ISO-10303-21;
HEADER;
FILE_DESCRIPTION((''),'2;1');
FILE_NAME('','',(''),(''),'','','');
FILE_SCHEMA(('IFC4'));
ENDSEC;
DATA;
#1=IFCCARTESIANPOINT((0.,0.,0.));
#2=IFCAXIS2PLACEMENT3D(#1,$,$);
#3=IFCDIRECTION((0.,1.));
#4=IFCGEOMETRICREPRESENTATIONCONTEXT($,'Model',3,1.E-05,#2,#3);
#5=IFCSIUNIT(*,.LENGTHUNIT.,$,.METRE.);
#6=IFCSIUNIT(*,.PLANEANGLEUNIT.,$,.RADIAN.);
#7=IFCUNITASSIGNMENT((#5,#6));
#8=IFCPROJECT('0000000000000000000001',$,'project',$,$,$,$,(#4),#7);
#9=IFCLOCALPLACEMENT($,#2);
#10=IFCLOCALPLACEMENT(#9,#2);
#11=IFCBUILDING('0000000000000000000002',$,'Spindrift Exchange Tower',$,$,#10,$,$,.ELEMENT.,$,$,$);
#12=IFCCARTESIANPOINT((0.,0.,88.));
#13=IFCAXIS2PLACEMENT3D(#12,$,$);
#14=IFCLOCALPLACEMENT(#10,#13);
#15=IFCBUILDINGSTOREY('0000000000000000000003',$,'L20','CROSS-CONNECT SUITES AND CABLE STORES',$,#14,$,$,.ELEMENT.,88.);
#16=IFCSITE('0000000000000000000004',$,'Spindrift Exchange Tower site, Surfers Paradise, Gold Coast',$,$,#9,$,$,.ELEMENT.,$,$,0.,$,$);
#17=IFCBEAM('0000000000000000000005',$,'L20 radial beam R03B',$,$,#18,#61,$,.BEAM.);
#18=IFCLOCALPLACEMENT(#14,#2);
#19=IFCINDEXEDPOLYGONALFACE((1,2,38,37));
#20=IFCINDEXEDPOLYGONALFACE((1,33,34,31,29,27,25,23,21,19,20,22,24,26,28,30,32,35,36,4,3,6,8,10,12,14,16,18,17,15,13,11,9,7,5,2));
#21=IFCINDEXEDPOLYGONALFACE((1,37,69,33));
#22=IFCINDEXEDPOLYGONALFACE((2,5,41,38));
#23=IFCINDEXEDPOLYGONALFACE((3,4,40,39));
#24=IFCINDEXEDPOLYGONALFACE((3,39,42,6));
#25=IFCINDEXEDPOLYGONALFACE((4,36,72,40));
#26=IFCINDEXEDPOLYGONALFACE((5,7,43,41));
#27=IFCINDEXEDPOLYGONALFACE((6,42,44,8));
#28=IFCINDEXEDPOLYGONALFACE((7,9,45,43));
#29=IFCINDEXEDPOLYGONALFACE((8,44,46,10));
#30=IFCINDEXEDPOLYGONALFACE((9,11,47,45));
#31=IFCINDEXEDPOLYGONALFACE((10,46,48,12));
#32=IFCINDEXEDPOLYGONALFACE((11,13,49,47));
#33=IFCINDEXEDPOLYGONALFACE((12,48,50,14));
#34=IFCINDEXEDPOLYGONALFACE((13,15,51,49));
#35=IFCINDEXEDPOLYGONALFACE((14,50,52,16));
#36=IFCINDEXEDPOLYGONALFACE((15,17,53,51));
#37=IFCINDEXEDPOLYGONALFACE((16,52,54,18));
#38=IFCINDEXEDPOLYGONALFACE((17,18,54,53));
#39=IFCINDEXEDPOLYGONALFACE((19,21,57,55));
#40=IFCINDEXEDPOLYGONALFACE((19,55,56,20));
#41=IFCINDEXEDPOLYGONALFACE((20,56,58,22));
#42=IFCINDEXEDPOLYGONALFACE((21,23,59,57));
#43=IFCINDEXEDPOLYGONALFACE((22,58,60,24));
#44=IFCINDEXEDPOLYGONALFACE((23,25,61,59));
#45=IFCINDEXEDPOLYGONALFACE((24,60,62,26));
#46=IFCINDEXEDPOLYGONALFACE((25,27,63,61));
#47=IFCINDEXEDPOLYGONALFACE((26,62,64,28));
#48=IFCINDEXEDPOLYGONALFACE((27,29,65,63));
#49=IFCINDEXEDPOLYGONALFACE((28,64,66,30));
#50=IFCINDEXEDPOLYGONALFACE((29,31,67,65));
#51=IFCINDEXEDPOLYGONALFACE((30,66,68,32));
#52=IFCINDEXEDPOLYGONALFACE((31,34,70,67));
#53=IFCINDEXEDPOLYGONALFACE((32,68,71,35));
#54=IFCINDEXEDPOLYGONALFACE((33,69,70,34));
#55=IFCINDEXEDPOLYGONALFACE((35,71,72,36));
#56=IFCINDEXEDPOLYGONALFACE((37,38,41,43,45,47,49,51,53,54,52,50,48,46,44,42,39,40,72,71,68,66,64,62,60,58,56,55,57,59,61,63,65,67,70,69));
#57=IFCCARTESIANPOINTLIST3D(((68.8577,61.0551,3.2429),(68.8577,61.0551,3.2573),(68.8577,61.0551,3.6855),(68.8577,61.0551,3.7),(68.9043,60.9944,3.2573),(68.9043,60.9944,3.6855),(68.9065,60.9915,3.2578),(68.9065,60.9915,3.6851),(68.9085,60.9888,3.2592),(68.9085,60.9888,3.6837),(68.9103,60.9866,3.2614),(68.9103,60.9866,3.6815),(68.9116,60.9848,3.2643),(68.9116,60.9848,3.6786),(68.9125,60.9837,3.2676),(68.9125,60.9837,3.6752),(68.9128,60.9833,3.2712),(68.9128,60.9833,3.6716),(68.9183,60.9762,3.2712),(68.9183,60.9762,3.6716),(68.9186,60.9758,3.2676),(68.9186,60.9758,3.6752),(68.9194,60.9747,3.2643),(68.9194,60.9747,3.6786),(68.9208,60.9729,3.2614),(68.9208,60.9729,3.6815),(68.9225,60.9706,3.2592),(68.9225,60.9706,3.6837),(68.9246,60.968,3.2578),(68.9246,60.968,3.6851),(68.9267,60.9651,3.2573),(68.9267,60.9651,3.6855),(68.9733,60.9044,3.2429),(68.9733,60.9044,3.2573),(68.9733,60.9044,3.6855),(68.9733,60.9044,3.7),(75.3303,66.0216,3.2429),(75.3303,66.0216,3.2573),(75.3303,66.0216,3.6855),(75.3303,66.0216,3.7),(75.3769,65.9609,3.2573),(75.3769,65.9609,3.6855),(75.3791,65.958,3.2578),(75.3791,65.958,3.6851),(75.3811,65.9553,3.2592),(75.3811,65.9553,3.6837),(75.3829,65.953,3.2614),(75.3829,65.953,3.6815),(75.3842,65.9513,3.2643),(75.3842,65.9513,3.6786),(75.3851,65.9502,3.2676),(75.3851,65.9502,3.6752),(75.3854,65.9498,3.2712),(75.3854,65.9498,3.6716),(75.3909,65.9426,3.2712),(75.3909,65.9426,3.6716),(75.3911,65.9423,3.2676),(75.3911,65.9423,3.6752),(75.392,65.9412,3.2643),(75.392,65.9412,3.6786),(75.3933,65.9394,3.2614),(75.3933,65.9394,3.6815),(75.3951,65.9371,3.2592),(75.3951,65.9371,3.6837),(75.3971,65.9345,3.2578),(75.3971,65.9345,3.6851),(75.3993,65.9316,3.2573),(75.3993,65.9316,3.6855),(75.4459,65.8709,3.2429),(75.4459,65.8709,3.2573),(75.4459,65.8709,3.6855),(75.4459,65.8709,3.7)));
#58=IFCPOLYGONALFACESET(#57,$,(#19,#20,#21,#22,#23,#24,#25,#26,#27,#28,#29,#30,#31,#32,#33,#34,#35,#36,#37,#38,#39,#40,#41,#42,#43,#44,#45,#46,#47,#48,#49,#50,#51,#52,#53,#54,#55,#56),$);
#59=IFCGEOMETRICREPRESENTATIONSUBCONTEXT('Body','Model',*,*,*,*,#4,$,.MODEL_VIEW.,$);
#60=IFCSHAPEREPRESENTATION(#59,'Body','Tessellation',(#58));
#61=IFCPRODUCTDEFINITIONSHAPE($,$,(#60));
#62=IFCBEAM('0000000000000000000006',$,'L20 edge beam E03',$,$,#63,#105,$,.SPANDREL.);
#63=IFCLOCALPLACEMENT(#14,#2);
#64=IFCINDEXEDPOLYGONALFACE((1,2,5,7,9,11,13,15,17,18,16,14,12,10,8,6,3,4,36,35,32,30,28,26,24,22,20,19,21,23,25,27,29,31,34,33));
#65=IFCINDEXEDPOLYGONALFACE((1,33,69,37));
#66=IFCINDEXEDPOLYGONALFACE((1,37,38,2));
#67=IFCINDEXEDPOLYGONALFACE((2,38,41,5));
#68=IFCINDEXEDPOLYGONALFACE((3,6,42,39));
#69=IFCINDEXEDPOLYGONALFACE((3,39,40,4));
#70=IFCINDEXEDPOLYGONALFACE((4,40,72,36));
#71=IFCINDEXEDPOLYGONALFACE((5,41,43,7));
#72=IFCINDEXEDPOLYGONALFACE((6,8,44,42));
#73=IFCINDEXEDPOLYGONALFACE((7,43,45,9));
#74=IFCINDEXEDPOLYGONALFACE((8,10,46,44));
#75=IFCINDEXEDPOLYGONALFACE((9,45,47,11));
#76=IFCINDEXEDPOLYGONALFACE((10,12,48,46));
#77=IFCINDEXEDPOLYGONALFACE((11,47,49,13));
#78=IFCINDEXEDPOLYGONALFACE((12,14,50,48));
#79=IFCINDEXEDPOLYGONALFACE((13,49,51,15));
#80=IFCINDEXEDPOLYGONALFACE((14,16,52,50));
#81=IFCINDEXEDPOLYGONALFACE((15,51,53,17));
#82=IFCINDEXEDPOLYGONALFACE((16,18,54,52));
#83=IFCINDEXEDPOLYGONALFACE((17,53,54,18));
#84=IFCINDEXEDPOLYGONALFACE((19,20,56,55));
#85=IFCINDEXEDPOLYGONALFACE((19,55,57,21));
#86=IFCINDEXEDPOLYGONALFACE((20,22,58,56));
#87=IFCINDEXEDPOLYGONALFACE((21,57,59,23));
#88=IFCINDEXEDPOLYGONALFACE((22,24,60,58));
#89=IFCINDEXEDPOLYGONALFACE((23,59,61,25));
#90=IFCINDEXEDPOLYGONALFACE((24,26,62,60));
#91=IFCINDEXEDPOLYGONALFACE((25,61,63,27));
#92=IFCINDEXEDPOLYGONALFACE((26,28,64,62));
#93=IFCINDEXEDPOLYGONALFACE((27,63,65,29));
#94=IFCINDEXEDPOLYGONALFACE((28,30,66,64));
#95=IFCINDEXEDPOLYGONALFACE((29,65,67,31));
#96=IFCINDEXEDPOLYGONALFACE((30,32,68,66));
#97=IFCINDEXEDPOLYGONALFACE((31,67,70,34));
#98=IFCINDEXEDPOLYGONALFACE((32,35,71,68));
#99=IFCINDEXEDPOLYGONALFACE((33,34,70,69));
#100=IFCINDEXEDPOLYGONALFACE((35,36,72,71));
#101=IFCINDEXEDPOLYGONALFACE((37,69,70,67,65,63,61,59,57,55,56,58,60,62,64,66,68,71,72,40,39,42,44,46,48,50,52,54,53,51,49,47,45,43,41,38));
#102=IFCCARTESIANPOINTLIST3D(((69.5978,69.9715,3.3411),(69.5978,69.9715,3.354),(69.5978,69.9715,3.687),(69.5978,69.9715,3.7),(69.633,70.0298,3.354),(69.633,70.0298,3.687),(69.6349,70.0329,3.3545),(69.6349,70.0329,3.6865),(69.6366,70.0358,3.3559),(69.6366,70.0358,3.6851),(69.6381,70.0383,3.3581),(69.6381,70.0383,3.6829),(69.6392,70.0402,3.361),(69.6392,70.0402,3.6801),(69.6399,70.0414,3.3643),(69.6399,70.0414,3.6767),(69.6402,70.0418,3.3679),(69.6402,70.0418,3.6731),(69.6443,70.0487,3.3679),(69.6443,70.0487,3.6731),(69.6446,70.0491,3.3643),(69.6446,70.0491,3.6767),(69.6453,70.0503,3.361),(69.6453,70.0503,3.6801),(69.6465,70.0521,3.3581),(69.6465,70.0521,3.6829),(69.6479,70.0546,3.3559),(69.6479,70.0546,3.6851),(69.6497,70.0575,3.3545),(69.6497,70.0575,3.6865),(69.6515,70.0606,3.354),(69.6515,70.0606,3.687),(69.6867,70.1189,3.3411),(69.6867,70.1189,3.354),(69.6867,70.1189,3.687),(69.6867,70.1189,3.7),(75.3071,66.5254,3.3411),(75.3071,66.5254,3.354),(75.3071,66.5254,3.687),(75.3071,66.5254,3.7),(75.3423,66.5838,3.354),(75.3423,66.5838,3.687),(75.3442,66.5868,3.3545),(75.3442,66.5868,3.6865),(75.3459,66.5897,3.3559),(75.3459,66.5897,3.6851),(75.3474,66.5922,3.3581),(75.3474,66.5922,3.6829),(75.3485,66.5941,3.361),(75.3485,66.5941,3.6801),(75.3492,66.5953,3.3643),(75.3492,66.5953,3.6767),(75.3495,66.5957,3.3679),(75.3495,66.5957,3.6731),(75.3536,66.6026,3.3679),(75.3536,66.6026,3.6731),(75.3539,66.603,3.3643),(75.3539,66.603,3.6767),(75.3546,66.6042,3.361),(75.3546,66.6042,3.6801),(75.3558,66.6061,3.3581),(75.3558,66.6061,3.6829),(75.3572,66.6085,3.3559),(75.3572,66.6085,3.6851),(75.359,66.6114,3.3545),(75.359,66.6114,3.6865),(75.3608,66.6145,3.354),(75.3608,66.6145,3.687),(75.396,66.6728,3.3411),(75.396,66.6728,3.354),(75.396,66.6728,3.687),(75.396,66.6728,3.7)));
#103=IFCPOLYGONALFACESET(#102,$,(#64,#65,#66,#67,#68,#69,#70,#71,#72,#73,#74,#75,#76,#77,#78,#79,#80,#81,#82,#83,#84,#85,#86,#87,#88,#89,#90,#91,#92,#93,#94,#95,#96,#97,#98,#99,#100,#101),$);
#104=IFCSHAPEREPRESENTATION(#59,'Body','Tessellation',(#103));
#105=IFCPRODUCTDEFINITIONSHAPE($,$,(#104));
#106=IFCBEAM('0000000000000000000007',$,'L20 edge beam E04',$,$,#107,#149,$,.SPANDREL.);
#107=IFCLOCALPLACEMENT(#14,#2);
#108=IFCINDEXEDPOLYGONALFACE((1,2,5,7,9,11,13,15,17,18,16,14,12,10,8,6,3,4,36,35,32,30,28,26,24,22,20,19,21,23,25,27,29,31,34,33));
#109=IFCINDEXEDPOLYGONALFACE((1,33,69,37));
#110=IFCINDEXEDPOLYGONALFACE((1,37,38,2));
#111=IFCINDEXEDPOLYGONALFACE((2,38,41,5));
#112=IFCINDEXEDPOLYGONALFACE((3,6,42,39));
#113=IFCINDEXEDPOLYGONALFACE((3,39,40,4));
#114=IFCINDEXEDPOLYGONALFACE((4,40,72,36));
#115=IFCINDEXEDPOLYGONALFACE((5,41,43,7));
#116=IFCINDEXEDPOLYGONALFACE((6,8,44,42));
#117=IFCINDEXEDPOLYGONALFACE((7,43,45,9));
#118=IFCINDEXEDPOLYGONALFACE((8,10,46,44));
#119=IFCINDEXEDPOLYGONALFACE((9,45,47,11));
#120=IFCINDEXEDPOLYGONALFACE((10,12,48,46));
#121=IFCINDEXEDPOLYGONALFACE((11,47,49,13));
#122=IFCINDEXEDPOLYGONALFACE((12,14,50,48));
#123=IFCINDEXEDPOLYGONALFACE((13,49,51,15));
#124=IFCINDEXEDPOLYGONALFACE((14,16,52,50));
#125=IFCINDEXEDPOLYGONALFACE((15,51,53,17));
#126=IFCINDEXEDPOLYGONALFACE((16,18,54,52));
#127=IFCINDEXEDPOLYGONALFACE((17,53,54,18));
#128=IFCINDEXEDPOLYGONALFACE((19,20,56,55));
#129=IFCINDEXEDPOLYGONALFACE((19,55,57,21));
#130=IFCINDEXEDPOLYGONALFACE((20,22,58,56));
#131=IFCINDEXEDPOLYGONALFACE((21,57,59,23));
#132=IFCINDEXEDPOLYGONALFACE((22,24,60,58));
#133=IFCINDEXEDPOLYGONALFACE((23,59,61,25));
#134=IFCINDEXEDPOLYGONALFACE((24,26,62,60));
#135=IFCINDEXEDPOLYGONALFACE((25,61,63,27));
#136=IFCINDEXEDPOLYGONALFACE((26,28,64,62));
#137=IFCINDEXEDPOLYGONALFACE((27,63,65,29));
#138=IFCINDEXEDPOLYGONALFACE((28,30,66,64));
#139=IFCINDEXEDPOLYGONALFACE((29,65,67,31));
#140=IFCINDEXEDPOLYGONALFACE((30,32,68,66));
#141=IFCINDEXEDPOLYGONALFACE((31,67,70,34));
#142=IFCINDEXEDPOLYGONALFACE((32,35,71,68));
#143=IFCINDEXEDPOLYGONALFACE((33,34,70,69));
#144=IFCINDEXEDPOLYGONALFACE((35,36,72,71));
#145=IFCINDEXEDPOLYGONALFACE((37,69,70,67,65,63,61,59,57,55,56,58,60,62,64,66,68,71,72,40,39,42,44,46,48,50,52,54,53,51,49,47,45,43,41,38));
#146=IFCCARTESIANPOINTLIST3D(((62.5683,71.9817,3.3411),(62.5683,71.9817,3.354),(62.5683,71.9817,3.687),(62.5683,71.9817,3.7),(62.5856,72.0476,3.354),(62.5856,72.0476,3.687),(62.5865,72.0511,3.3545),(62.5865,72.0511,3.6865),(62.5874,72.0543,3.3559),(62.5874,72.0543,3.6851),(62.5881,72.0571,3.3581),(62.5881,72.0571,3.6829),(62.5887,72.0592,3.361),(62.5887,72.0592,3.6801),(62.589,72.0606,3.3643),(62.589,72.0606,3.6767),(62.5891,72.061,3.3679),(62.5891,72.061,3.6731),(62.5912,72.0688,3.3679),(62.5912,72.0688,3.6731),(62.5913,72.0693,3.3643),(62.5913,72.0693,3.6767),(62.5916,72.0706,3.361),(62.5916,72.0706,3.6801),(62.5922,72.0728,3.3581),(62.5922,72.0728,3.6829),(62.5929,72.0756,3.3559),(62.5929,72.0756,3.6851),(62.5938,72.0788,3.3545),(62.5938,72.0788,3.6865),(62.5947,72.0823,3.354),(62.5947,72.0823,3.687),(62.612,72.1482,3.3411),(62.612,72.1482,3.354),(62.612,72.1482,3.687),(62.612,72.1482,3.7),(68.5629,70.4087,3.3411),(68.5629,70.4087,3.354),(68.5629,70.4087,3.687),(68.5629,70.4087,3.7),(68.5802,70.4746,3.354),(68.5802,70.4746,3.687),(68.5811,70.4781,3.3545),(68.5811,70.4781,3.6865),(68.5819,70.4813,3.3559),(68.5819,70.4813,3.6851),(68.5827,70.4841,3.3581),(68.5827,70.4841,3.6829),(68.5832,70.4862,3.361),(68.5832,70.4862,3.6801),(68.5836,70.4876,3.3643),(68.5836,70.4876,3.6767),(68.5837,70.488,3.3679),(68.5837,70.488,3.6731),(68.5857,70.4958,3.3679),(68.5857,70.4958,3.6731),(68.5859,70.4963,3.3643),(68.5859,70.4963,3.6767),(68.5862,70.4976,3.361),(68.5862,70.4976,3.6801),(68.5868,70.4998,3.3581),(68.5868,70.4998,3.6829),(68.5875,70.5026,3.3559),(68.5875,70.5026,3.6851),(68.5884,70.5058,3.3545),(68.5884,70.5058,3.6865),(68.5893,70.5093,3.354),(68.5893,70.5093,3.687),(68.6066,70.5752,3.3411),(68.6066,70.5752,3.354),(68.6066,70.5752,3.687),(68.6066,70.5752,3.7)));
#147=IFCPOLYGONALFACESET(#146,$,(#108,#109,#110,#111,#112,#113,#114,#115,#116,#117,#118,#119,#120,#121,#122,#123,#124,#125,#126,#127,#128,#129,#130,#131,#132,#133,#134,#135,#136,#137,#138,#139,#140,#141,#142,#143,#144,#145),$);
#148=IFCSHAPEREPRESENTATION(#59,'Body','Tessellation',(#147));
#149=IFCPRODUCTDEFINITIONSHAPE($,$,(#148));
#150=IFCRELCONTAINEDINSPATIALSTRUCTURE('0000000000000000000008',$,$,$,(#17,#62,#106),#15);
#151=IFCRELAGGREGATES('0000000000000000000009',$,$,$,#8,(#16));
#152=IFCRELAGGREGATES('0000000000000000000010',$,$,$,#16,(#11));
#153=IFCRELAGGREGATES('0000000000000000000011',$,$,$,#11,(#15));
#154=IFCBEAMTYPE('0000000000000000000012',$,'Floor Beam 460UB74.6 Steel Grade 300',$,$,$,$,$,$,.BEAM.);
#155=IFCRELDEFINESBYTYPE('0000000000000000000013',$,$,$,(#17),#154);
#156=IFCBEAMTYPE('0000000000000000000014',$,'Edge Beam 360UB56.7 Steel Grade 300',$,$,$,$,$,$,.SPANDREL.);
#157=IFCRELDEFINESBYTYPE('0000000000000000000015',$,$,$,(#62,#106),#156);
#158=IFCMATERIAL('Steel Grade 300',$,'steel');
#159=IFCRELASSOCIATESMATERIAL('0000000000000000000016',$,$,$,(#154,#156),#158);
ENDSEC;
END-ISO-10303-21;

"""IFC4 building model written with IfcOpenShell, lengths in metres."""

from ifc_helpers import new_model, si_unit, direction, frame, origin, origin_2d, place, context, subcontext, project, spatial, i_section, extrude, source, transform, mapped, material, material_profile, profile_set, type_object, element, save


model = new_model("IFC4")

# Units and contexts
model_context = context("Model", 3, precision=1e-05, world=origin(), true_north=direction((0.0, 1.0)))
body_context = subcontext(model_context, "Body", "Model", "MODEL_VIEW")
ifc_project = project(units=[si_unit("LENGTHUNIT", "METRE"), si_unit("PLANEANGLEUNIT", "RADIAN")], contexts=[model_context])

# Site, building, storey
site_placement = place(None, origin())
site = spatial("IfcSite", under=ifc_project, at=site_placement, Name="Spindrift Exchange Tower site, Surfers Paradise, Gold Coast", CompositionType="ELEMENT", RefElevation=0.0)
building_placement = place(site_placement, origin())
building = spatial("IfcBuilding", under=site, at=building_placement, Name="Spindrift Exchange Tower", CompositionType="ELEMENT")
storey_placement = place(building_placement, frame((0.0, 0.0, 88.0)))
storey = spatial("IfcBuildingStorey", under=building, at=storey_placement, Name="L20", Description="CROSS-CONNECT SUITES AND CABLE STORES", CompositionType="ELEMENT", Elevation=88.0)

# Beams
ifc_material_1 = material(Name="Steel Grade 300", Category="steel")
ifc_material_profile_1 = material_profile(ifc_material_1, i_section(OverallWidth=0.1899, OverallDepth=0.457, WebThickness=0.009, FlangeThickness=0.0144, FilletRadius=0.0139, at=origin_2d()), Name="460UB74.6")
ifc_profile_set_1 = profile_set([ifc_material_profile_1], Name="Steel Grade 300")
beam_type_1 = type_object("IfcBeamType", Name="Floor Beam 460UB74.6 Steel Grade 300", PredefinedType="BEAM", material=ifc_profile_set_1)
shared_shape_1 = source(origin(), body_context, "Body", "SweptSolid", [
    extrude(i_section(OverallWidth=0.1899, OverallDepth=0.457, WebThickness=0.009, FlangeThickness=0.0144, FilletRadius=0.0139, at=origin_2d()), origin(), (0.0, 0.0, 1.0), 8.1584),
])
beam_1_placement = place(storey_placement, frame((68.9155, 60.9797, 3.4714), z_axis=(0.793359, 0.608754, 0.0), x_axis=(-0.608754, 0.793359, 0.0)))
element("IfcBeam", 1, at=beam_1_placement, inside=storey, type_object=beam_type_1, Name="L20 radial beam R03B", PredefinedType="BEAM", context=body_context, shape_type="MappedRepresentation", body=[
    mapped(shared_shape_1, transform((0.0, 0.0, 0.0), scale=1.0)),
])
ifc_material_profile_2 = material_profile(ifc_material_1, i_section(OverallWidth=0.1721, OverallDepth=0.3589, WebThickness=0.0081, FlangeThickness=0.0129, FilletRadius=0.0139, at=origin_2d()), Name="360UB56.7")
ifc_profile_set_2 = profile_set([ifc_material_profile_2], Name="Steel Grade 300")
beam_type_2 = type_object("IfcBeamType", Name="Edge Beam 360UB56.7 Steel Grade 300", PredefinedType="SPANDREL", material=ifc_profile_set_2)
shared_shape_2 = source(origin(), body_context, "Body", "SweptSolid", [
    extrude(i_section(OverallWidth=0.1721, OverallDepth=0.3589, WebThickness=0.0081, FlangeThickness=0.0129, FilletRadius=0.0139, at=origin_2d()), origin(), (0.0, 0.0, 1.0), 6.6687),
])
beam_2_placement = place(storey_placement, frame((75.3516, 66.5991, 3.5205), z_axis=(-0.856133, 0.516755, 0.0), x_axis=(-0.516755, -0.856133, 0.0)))
element("IfcBeam", 2, at=beam_2_placement, inside=storey, type_object=beam_type_2, Name="L20 edge beam E03", PredefinedType="SPANDREL", context=body_context, shape_type="MappedRepresentation", body=[
    mapped(shared_shape_2, transform((0.0, 0.0, 0.0), scale=1.0)),
])
shared_shape_3 = source(origin(), body_context, "Body", "SweptSolid", [
    extrude(i_section(OverallWidth=0.1721, OverallDepth=0.3589, WebThickness=0.0081, FlangeThickness=0.0129, FilletRadius=0.0139, at=origin_2d()), origin(), (0.0, 0.0, 1.0), 6.1975),
])
beam_3_placement = place(storey_placement, frame((68.5847, 70.4919, 3.5205), z_axis=(-0.967254, 0.253809, 0.0), x_axis=(-0.253809, -0.967254, 0.0)))
element("IfcBeam", 3, at=beam_3_placement, inside=storey, type_object=beam_type_2, Name="L20 edge beam E04", PredefinedType="SPANDREL", context=body_context, shape_type="MappedRepresentation", body=[
    mapped(shared_shape_3, transform((0.0, 0.0, 0.0), scale=1.0)),
])

save(model, "model.ifc")
